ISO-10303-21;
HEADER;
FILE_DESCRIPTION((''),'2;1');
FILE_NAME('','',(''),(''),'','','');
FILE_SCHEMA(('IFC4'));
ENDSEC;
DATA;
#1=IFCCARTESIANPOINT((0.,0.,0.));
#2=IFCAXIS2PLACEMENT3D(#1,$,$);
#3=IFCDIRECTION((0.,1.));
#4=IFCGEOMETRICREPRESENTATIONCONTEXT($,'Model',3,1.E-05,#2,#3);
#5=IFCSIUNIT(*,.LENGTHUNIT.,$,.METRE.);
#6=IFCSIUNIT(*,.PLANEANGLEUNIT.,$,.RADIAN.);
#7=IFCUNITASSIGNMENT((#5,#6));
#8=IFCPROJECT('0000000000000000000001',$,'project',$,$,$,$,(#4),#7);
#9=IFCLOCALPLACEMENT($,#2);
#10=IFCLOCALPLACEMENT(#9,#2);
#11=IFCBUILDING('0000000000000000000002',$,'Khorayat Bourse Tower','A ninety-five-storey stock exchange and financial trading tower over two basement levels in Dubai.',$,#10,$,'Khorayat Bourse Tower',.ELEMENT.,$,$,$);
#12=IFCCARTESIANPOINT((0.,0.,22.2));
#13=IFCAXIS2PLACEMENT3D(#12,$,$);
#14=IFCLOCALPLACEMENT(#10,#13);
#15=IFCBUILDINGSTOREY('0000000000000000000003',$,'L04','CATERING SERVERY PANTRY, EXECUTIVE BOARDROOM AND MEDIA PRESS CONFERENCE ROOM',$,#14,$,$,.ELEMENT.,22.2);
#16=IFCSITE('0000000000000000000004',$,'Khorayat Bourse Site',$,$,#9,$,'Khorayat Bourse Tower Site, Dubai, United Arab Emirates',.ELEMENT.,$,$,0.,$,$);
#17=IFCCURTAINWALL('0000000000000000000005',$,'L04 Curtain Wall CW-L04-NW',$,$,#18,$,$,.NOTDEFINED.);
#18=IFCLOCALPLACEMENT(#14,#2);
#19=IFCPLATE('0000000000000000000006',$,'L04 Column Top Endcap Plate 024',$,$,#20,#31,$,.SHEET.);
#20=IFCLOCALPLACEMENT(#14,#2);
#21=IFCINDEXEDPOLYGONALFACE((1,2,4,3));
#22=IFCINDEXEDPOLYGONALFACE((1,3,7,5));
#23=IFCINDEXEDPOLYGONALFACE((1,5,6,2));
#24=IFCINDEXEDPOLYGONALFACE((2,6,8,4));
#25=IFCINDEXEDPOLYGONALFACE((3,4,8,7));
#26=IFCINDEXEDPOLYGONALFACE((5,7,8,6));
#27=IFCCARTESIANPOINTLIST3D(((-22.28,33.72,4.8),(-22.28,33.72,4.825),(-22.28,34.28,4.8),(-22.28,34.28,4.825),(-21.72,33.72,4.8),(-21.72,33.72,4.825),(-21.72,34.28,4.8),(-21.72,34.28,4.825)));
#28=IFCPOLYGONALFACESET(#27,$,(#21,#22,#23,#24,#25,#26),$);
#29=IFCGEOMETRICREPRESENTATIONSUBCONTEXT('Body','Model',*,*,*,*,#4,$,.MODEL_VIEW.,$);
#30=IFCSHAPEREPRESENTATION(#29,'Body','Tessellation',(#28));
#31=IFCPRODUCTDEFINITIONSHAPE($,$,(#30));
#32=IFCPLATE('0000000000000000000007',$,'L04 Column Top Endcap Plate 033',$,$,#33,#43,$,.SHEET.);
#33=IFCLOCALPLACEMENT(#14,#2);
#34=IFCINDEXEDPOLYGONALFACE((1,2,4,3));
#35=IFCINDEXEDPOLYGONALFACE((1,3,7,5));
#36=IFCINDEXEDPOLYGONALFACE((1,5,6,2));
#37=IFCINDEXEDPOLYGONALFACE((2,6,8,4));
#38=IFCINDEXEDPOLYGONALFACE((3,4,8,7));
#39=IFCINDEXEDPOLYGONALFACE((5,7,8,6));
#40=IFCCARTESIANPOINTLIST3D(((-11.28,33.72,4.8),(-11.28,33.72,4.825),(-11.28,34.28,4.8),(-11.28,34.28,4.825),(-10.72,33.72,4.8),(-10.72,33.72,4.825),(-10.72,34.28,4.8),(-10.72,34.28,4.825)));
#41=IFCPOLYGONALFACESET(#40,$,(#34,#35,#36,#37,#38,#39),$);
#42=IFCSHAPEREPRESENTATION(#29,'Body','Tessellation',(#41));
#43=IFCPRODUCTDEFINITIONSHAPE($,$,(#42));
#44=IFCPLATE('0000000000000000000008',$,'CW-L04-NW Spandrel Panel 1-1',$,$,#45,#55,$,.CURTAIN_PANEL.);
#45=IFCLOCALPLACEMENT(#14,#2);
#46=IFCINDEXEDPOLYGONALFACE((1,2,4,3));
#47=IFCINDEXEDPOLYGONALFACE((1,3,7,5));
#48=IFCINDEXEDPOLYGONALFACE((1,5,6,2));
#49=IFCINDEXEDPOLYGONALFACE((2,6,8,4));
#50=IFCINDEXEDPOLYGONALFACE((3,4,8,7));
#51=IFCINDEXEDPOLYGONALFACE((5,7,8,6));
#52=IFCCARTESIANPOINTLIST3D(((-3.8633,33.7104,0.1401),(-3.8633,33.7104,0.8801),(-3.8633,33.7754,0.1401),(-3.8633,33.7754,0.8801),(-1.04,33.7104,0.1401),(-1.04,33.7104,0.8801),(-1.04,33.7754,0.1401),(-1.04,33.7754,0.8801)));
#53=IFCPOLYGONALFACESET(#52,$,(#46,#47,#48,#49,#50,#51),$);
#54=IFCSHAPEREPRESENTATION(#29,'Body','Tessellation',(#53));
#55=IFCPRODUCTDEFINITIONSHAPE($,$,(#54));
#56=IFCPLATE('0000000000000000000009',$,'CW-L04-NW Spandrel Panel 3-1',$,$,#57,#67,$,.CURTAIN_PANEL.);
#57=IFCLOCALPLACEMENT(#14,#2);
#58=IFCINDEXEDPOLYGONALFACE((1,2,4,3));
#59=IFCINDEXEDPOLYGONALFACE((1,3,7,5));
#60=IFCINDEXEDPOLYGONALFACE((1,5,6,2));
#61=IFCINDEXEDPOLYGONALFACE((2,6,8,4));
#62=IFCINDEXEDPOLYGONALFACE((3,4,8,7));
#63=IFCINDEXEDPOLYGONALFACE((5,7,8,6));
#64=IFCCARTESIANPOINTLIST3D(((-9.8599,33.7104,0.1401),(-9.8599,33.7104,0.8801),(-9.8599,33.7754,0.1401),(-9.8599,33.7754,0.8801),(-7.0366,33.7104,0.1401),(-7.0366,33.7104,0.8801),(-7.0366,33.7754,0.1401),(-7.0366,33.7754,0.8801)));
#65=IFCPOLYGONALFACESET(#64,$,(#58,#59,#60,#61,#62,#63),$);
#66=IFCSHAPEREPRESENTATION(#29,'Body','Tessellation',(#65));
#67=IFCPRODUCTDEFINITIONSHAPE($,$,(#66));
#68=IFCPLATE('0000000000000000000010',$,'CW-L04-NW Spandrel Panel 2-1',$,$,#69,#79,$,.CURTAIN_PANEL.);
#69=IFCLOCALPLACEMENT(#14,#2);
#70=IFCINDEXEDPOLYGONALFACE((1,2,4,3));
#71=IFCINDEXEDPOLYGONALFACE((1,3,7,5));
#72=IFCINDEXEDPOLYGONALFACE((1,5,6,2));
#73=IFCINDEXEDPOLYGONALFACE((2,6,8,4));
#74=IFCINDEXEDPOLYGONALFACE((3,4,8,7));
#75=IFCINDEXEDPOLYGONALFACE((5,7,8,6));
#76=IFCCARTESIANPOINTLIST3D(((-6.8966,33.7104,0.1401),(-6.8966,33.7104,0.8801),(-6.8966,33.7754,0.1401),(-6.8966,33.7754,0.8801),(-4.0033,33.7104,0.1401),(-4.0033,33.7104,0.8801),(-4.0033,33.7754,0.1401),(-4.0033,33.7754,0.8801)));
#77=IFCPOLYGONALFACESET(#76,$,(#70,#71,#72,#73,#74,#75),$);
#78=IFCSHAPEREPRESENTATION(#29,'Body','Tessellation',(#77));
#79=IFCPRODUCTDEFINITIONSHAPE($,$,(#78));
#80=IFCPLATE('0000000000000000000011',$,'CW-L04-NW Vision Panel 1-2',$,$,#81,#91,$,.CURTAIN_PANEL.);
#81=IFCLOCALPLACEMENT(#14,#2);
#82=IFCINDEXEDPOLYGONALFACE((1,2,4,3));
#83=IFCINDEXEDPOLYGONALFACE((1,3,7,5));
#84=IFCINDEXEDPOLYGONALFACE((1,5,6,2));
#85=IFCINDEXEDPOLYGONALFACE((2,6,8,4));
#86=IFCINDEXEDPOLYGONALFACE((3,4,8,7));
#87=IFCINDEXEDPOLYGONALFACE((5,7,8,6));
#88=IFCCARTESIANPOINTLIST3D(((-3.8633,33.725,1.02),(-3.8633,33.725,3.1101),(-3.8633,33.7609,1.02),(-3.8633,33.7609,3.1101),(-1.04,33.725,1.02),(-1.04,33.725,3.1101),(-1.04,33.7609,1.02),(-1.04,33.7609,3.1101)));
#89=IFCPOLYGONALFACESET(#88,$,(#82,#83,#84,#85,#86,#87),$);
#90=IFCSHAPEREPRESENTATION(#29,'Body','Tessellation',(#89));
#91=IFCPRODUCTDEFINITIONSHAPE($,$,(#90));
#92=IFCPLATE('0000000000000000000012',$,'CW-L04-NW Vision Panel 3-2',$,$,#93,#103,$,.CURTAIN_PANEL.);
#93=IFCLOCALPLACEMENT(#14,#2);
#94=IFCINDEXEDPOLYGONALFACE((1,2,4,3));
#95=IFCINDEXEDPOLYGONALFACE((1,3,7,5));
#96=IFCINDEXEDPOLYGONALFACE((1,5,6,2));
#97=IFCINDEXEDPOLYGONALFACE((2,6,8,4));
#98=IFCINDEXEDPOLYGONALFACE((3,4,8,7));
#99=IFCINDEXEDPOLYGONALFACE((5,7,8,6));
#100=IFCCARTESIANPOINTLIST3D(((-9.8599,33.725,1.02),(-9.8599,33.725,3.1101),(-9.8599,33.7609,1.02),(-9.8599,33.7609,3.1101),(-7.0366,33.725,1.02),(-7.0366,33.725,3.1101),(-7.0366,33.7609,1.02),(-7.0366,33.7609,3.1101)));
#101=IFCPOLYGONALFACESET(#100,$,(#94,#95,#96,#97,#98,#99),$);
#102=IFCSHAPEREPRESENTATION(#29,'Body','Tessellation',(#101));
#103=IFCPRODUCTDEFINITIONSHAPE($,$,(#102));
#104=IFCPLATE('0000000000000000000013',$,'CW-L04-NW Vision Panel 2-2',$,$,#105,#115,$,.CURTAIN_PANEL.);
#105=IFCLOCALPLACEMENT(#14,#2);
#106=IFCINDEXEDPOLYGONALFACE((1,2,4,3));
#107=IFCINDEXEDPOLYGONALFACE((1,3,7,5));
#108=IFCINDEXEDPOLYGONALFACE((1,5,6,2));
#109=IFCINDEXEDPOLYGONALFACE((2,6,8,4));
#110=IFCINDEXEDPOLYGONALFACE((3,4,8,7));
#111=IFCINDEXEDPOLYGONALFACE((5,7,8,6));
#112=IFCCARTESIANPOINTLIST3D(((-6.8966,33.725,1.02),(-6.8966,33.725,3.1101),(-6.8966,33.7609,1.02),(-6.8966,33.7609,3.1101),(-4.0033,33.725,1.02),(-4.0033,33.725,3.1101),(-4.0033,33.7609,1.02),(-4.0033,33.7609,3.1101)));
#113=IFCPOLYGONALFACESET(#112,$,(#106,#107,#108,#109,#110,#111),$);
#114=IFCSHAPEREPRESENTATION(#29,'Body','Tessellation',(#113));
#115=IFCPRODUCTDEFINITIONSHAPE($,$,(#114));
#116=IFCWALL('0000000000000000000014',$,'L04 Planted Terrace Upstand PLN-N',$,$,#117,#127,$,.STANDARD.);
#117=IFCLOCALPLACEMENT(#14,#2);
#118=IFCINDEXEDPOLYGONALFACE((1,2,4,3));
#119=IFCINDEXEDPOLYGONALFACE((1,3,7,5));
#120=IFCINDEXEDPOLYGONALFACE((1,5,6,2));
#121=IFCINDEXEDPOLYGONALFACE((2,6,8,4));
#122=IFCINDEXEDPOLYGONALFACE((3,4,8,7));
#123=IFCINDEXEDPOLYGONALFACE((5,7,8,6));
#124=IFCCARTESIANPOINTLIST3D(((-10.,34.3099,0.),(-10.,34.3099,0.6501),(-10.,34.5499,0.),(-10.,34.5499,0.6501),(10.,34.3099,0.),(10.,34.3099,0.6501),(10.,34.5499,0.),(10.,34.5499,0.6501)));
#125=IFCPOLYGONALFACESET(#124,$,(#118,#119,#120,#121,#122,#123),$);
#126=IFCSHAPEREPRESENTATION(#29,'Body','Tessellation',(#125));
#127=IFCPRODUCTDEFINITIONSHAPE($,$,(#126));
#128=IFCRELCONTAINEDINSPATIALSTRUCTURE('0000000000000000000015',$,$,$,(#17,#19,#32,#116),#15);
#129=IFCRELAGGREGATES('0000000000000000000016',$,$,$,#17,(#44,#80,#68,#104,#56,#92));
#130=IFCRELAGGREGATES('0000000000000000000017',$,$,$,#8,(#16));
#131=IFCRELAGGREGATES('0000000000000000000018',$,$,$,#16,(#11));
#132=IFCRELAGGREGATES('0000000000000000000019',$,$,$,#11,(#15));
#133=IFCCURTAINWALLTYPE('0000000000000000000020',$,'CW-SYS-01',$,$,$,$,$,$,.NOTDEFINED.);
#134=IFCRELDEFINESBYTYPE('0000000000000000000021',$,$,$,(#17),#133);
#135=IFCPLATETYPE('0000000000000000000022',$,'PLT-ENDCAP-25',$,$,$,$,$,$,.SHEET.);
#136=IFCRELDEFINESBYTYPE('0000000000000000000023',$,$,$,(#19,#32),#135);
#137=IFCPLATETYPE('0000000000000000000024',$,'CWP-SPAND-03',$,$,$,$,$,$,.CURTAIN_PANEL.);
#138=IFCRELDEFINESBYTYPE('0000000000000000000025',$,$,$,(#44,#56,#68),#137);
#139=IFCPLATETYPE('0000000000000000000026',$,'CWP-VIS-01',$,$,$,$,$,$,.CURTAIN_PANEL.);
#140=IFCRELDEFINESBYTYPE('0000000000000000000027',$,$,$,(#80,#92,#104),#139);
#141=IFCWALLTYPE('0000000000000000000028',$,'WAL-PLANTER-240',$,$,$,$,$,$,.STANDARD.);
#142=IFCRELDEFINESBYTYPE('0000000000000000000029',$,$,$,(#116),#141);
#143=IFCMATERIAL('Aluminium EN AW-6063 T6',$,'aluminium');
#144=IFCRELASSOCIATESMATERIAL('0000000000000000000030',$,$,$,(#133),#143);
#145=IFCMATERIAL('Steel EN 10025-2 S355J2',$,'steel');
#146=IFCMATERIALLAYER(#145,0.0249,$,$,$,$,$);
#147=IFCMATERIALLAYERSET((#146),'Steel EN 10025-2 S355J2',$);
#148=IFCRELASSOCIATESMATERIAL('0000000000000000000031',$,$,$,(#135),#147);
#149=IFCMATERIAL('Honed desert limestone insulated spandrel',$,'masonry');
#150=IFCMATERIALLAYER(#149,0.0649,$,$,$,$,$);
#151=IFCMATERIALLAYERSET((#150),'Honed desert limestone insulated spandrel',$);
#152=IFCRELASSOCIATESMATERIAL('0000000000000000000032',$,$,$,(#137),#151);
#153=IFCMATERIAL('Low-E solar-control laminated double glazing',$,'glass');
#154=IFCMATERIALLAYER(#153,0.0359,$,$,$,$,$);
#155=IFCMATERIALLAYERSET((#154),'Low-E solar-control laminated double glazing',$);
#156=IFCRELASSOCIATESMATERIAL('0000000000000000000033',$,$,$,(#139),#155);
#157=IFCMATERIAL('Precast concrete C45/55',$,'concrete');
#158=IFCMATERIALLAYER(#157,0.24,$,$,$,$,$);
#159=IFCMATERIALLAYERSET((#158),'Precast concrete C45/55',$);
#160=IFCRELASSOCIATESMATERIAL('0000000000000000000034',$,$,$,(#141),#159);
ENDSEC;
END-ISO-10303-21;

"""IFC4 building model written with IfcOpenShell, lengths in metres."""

from ifc_helpers import new_model, si_unit, direction, frame, frame_2d, origin, origin_2d, place, context, subcontext, project, spatial, rectangle, extrude, source, transform, mapped, material, layer, layer_set, type_object, element, aggregate, save


model = new_model("IFC4")

# Units and contexts
model_context = context("Model", 3, precision=1e-05, world=origin(), true_north=direction((0.0, 1.0)))
body_context = subcontext(model_context, "Body", "Model", "MODEL_VIEW")
ifc_project = project(units=[si_unit("LENGTHUNIT", "METRE"), si_unit("PLANEANGLEUNIT", "RADIAN")], contexts=[model_context])

# Site, building, storey
site_placement = place(None, origin())
site = spatial("IfcSite", under=ifc_project, at=site_placement, Name="Khorayat Bourse Site", LongName="Khorayat Bourse Tower Site, Dubai, United Arab Emirates", CompositionType="ELEMENT", RefElevation=0.0)
building_placement = place(site_placement, origin())
building = spatial("IfcBuilding", under=site, at=building_placement, Name="Khorayat Bourse Tower", Description="A ninety-five-storey stock exchange and financial trading tower over two basement levels in Dubai.", LongName="Khorayat Bourse Tower", CompositionType="ELEMENT")
storey_placement = place(building_placement, frame((0.0, 0.0, 22.2)))
storey = spatial("IfcBuildingStorey", under=building, at=storey_placement, Name="L04", Description="CATERING SERVERY PANTRY, EXECUTIVE BOARDROOM AND MEDIA PRESS CONFERENCE ROOM", CompositionType="ELEMENT", Elevation=22.2)

# Shared definitions
ifc_material_1 = material(Name="Steel EN 10025-2 S355J2", Category="steel")

# Curtain wall
ifc_material_2 = material(Name="Aluminium EN AW-6063 T6", Category="aluminium")
curtain_wall_type = type_object("IfcCurtainWallType", Name="CW-SYS-01", PredefinedType="NOTDEFINED", material=ifc_material_2)
curtain_wall_placement = place(storey_placement, origin())
curtain_wall = element("IfcCurtainWall", 1, at=curtain_wall_placement, inside=storey, type_object=curtain_wall_type, Name="L04 Curtain Wall CW-L04-NW", PredefinedType="NOTDEFINED")

# Plates
ifc_layer_1 = layer(ifc_material_1, 0.0249)
ifc_layer_set_1 = layer_set([ifc_layer_1], Name="Steel EN 10025-2 S355J2")
plate_type_1 = type_object("IfcPlateType", Name="PLT-ENDCAP-25", PredefinedType="SHEET", material=ifc_layer_set_1)
shared_shape_1 = source(origin(), body_context, "Body", "SweptSolid", [
    extrude(rectangle(XDim=0.5601, YDim=0.5601, at=origin_2d()), origin(), (0.0, 0.0, 1.0), 0.0249),
])
for number, where, z_axis, x_axis, name in (
    (2, (-22.0, 34.0, 4.8), (0.0, 0.0, 1.0), (1.0, 0.0, 0.0), "L04 Column Top Endcap Plate 024"),
    (3, (-11.0, 34.0, 4.8), (0.0, 0.0, 1.0), (1.0, 0.0, 0.0), "L04 Column Top Endcap Plate 033"),
):
    element("IfcPlate", number, at=place(storey_placement, frame(where, z_axis=z_axis, x_axis=x_axis)), inside=storey, type_object=plate_type_1, Name=name, PredefinedType="SHEET", context=body_context, shape_type="MappedRepresentation", body=[
        mapped(shared_shape_1, transform((0.0, 0.0, 0.0), scale=1.0)),
    ])

# Plates
ifc_material_3 = material(Name="Honed desert limestone insulated spandrel", Category="masonry")
ifc_layer_2 = layer(ifc_material_3, 0.0649)
ifc_layer_set_2 = layer_set([ifc_layer_2], Name="Honed desert limestone insulated spandrel")
plate_type_2 = type_object("IfcPlateType", Name="CWP-SPAND-03", PredefinedType="CURTAIN_PANEL", material=ifc_layer_set_2)
shared_shape_2 = source(origin(), body_context, "Body", "SweptSolid", [
    extrude(rectangle(XDim=2.8232, YDim=0.0649, at=origin_2d()), origin(), (0.0, 0.0, 1.0), 0.74),
])
plate_1_placement = place(storey_placement, frame((-2.4517, 33.7429, 0.1401), z_axis=(0.0, 0.0, 1.0), x_axis=(-1.0, 0.0, 0.0)))
plate_1 = element("IfcPlate", 4, at=plate_1_placement, type_object=plate_type_2, Name="CW-L04-NW Spandrel Panel 1-1", PredefinedType="CURTAIN_PANEL", context=body_context, shape_type="MappedRepresentation", body=[
    mapped(shared_shape_2, transform((0.0, 0.0, 0.0), scale=1.0)),
])
plate_2_placement = place(storey_placement, frame((-8.4482, 33.7429, 0.1401), z_axis=(0.0, 0.0, 1.0), x_axis=(-1.0, 0.0, 0.0)))
plate_2 = element("IfcPlate", 5, at=plate_2_placement, type_object=plate_type_2, Name="CW-L04-NW Spandrel Panel 3-1", PredefinedType="CURTAIN_PANEL", context=body_context, shape_type="MappedRepresentation", body=[
    mapped(shared_shape_2, transform((0.0, 0.0, 0.0), scale=1.0)),
])
shared_shape_3 = source(origin(), body_context, "Body", "SweptSolid", [
    extrude(rectangle(XDim=2.8933, YDim=0.0649, at=origin_2d()), origin(), (0.0, 0.0, 1.0), 0.74),
])
plate_3_placement = place(storey_placement, frame((-5.45, 33.7429, 0.1401), z_axis=(0.0, 0.0, 1.0), x_axis=(-1.0, 0.0, 0.0)))
plate_3 = element("IfcPlate", 6, at=plate_3_placement, type_object=plate_type_2, Name="CW-L04-NW Spandrel Panel 2-1", PredefinedType="CURTAIN_PANEL", context=body_context, shape_type="MappedRepresentation", body=[
    mapped(shared_shape_3, transform((0.0, 0.0, 0.0), scale=1.0)),
])
ifc_material_4 = material(Name="Low-E solar-control laminated double glazing", Category="glass")
ifc_layer_3 = layer(ifc_material_4, 0.0359)
ifc_layer_set_3 = layer_set([ifc_layer_3], Name="Low-E solar-control laminated double glazing")
plate_type_3 = type_object("IfcPlateType", Name="CWP-VIS-01", PredefinedType="CURTAIN_PANEL", material=ifc_layer_set_3)
shared_shape_4 = source(origin(), body_context, "Body", "SweptSolid", [
    extrude(rectangle(XDim=2.8232, YDim=0.0359, at=origin_2d()), origin(), (0.0, 0.0, 1.0), 2.0901),
])
plate_4_placement = place(storey_placement, frame((-2.4517, 33.7429, 1.02), z_axis=(0.0, 0.0, 1.0), x_axis=(-1.0, 0.0, 0.0)))
plate_4 = element("IfcPlate", 7, at=plate_4_placement, type_object=plate_type_3, Name="CW-L04-NW Vision Panel 1-2", PredefinedType="CURTAIN_PANEL", context=body_context, shape_type="MappedRepresentation", body=[
    mapped(shared_shape_4, transform((0.0, 0.0, 0.0), scale=1.0)),
])
plate_5_placement = place(storey_placement, frame((-8.4482, 33.7429, 1.02), z_axis=(0.0, 0.0, 1.0), x_axis=(-1.0, 0.0, 0.0)))
plate_5 = element("IfcPlate", 8, at=plate_5_placement, type_object=plate_type_3, Name="CW-L04-NW Vision Panel 3-2", PredefinedType="CURTAIN_PANEL", context=body_context, shape_type="MappedRepresentation", body=[
    mapped(shared_shape_4, transform((0.0, 0.0, 0.0), scale=1.0)),
])
shared_shape_5 = source(origin(), body_context, "Body", "SweptSolid", [
    extrude(rectangle(XDim=2.8933, YDim=0.0359, at=origin_2d()), origin(), (0.0, 0.0, 1.0), 2.0901),
])
plate_6_placement = place(storey_placement, frame((-5.45, 33.7429, 1.02), z_axis=(0.0, 0.0, 1.0), x_axis=(-1.0, 0.0, 0.0)))
plate_6 = element("IfcPlate", 9, at=plate_6_placement, type_object=plate_type_3, Name="CW-L04-NW Vision Panel 2-2", PredefinedType="CURTAIN_PANEL", context=body_context, shape_type="MappedRepresentation", body=[
    mapped(shared_shape_5, transform((0.0, 0.0, 0.0), scale=1.0)),
])
aggregate(curtain_wall, [plate_1, plate_4, plate_3, plate_6, plate_2, plate_5])

# Wall
ifc_material_5 = material(Name="Precast concrete C45/55", Category="concrete")
ifc_layer_4 = layer(ifc_material_5, 0.24)
ifc_layer_set_4 = layer_set([ifc_layer_4], Name="Precast concrete C45/55")
wall_type = type_object("IfcWallType", Name="WAL-PLANTER-240", PredefinedType="STANDARD", material=ifc_layer_set_4)
shared_shape_6 = source(origin(), body_context, "Body", "SweptSolid", [
    extrude(rectangle(XDim=20.0, YDim=0.24, at=frame_2d((10.0, 0.0))), origin(), (0.0, 0.0, 1.0), 0.6501),
])
wall_placement = place(storey_placement, frame((-10.0, 34.4299, 0.0), z_axis=(0.0, 0.0, 1.0), x_axis=(1.0, 0.0, 0.0)))
element("IfcWall", 10, at=wall_placement, inside=storey, type_object=wall_type, Name="L04 Planted Terrace Upstand PLN-N", PredefinedType="STANDARD", context=body_context, shape_type="MappedRepresentation", body=[
    mapped(shared_shape_6, transform((0.0, 0.0, 0.0), scale=1.0)),
])

save(model, "model.ifc")
